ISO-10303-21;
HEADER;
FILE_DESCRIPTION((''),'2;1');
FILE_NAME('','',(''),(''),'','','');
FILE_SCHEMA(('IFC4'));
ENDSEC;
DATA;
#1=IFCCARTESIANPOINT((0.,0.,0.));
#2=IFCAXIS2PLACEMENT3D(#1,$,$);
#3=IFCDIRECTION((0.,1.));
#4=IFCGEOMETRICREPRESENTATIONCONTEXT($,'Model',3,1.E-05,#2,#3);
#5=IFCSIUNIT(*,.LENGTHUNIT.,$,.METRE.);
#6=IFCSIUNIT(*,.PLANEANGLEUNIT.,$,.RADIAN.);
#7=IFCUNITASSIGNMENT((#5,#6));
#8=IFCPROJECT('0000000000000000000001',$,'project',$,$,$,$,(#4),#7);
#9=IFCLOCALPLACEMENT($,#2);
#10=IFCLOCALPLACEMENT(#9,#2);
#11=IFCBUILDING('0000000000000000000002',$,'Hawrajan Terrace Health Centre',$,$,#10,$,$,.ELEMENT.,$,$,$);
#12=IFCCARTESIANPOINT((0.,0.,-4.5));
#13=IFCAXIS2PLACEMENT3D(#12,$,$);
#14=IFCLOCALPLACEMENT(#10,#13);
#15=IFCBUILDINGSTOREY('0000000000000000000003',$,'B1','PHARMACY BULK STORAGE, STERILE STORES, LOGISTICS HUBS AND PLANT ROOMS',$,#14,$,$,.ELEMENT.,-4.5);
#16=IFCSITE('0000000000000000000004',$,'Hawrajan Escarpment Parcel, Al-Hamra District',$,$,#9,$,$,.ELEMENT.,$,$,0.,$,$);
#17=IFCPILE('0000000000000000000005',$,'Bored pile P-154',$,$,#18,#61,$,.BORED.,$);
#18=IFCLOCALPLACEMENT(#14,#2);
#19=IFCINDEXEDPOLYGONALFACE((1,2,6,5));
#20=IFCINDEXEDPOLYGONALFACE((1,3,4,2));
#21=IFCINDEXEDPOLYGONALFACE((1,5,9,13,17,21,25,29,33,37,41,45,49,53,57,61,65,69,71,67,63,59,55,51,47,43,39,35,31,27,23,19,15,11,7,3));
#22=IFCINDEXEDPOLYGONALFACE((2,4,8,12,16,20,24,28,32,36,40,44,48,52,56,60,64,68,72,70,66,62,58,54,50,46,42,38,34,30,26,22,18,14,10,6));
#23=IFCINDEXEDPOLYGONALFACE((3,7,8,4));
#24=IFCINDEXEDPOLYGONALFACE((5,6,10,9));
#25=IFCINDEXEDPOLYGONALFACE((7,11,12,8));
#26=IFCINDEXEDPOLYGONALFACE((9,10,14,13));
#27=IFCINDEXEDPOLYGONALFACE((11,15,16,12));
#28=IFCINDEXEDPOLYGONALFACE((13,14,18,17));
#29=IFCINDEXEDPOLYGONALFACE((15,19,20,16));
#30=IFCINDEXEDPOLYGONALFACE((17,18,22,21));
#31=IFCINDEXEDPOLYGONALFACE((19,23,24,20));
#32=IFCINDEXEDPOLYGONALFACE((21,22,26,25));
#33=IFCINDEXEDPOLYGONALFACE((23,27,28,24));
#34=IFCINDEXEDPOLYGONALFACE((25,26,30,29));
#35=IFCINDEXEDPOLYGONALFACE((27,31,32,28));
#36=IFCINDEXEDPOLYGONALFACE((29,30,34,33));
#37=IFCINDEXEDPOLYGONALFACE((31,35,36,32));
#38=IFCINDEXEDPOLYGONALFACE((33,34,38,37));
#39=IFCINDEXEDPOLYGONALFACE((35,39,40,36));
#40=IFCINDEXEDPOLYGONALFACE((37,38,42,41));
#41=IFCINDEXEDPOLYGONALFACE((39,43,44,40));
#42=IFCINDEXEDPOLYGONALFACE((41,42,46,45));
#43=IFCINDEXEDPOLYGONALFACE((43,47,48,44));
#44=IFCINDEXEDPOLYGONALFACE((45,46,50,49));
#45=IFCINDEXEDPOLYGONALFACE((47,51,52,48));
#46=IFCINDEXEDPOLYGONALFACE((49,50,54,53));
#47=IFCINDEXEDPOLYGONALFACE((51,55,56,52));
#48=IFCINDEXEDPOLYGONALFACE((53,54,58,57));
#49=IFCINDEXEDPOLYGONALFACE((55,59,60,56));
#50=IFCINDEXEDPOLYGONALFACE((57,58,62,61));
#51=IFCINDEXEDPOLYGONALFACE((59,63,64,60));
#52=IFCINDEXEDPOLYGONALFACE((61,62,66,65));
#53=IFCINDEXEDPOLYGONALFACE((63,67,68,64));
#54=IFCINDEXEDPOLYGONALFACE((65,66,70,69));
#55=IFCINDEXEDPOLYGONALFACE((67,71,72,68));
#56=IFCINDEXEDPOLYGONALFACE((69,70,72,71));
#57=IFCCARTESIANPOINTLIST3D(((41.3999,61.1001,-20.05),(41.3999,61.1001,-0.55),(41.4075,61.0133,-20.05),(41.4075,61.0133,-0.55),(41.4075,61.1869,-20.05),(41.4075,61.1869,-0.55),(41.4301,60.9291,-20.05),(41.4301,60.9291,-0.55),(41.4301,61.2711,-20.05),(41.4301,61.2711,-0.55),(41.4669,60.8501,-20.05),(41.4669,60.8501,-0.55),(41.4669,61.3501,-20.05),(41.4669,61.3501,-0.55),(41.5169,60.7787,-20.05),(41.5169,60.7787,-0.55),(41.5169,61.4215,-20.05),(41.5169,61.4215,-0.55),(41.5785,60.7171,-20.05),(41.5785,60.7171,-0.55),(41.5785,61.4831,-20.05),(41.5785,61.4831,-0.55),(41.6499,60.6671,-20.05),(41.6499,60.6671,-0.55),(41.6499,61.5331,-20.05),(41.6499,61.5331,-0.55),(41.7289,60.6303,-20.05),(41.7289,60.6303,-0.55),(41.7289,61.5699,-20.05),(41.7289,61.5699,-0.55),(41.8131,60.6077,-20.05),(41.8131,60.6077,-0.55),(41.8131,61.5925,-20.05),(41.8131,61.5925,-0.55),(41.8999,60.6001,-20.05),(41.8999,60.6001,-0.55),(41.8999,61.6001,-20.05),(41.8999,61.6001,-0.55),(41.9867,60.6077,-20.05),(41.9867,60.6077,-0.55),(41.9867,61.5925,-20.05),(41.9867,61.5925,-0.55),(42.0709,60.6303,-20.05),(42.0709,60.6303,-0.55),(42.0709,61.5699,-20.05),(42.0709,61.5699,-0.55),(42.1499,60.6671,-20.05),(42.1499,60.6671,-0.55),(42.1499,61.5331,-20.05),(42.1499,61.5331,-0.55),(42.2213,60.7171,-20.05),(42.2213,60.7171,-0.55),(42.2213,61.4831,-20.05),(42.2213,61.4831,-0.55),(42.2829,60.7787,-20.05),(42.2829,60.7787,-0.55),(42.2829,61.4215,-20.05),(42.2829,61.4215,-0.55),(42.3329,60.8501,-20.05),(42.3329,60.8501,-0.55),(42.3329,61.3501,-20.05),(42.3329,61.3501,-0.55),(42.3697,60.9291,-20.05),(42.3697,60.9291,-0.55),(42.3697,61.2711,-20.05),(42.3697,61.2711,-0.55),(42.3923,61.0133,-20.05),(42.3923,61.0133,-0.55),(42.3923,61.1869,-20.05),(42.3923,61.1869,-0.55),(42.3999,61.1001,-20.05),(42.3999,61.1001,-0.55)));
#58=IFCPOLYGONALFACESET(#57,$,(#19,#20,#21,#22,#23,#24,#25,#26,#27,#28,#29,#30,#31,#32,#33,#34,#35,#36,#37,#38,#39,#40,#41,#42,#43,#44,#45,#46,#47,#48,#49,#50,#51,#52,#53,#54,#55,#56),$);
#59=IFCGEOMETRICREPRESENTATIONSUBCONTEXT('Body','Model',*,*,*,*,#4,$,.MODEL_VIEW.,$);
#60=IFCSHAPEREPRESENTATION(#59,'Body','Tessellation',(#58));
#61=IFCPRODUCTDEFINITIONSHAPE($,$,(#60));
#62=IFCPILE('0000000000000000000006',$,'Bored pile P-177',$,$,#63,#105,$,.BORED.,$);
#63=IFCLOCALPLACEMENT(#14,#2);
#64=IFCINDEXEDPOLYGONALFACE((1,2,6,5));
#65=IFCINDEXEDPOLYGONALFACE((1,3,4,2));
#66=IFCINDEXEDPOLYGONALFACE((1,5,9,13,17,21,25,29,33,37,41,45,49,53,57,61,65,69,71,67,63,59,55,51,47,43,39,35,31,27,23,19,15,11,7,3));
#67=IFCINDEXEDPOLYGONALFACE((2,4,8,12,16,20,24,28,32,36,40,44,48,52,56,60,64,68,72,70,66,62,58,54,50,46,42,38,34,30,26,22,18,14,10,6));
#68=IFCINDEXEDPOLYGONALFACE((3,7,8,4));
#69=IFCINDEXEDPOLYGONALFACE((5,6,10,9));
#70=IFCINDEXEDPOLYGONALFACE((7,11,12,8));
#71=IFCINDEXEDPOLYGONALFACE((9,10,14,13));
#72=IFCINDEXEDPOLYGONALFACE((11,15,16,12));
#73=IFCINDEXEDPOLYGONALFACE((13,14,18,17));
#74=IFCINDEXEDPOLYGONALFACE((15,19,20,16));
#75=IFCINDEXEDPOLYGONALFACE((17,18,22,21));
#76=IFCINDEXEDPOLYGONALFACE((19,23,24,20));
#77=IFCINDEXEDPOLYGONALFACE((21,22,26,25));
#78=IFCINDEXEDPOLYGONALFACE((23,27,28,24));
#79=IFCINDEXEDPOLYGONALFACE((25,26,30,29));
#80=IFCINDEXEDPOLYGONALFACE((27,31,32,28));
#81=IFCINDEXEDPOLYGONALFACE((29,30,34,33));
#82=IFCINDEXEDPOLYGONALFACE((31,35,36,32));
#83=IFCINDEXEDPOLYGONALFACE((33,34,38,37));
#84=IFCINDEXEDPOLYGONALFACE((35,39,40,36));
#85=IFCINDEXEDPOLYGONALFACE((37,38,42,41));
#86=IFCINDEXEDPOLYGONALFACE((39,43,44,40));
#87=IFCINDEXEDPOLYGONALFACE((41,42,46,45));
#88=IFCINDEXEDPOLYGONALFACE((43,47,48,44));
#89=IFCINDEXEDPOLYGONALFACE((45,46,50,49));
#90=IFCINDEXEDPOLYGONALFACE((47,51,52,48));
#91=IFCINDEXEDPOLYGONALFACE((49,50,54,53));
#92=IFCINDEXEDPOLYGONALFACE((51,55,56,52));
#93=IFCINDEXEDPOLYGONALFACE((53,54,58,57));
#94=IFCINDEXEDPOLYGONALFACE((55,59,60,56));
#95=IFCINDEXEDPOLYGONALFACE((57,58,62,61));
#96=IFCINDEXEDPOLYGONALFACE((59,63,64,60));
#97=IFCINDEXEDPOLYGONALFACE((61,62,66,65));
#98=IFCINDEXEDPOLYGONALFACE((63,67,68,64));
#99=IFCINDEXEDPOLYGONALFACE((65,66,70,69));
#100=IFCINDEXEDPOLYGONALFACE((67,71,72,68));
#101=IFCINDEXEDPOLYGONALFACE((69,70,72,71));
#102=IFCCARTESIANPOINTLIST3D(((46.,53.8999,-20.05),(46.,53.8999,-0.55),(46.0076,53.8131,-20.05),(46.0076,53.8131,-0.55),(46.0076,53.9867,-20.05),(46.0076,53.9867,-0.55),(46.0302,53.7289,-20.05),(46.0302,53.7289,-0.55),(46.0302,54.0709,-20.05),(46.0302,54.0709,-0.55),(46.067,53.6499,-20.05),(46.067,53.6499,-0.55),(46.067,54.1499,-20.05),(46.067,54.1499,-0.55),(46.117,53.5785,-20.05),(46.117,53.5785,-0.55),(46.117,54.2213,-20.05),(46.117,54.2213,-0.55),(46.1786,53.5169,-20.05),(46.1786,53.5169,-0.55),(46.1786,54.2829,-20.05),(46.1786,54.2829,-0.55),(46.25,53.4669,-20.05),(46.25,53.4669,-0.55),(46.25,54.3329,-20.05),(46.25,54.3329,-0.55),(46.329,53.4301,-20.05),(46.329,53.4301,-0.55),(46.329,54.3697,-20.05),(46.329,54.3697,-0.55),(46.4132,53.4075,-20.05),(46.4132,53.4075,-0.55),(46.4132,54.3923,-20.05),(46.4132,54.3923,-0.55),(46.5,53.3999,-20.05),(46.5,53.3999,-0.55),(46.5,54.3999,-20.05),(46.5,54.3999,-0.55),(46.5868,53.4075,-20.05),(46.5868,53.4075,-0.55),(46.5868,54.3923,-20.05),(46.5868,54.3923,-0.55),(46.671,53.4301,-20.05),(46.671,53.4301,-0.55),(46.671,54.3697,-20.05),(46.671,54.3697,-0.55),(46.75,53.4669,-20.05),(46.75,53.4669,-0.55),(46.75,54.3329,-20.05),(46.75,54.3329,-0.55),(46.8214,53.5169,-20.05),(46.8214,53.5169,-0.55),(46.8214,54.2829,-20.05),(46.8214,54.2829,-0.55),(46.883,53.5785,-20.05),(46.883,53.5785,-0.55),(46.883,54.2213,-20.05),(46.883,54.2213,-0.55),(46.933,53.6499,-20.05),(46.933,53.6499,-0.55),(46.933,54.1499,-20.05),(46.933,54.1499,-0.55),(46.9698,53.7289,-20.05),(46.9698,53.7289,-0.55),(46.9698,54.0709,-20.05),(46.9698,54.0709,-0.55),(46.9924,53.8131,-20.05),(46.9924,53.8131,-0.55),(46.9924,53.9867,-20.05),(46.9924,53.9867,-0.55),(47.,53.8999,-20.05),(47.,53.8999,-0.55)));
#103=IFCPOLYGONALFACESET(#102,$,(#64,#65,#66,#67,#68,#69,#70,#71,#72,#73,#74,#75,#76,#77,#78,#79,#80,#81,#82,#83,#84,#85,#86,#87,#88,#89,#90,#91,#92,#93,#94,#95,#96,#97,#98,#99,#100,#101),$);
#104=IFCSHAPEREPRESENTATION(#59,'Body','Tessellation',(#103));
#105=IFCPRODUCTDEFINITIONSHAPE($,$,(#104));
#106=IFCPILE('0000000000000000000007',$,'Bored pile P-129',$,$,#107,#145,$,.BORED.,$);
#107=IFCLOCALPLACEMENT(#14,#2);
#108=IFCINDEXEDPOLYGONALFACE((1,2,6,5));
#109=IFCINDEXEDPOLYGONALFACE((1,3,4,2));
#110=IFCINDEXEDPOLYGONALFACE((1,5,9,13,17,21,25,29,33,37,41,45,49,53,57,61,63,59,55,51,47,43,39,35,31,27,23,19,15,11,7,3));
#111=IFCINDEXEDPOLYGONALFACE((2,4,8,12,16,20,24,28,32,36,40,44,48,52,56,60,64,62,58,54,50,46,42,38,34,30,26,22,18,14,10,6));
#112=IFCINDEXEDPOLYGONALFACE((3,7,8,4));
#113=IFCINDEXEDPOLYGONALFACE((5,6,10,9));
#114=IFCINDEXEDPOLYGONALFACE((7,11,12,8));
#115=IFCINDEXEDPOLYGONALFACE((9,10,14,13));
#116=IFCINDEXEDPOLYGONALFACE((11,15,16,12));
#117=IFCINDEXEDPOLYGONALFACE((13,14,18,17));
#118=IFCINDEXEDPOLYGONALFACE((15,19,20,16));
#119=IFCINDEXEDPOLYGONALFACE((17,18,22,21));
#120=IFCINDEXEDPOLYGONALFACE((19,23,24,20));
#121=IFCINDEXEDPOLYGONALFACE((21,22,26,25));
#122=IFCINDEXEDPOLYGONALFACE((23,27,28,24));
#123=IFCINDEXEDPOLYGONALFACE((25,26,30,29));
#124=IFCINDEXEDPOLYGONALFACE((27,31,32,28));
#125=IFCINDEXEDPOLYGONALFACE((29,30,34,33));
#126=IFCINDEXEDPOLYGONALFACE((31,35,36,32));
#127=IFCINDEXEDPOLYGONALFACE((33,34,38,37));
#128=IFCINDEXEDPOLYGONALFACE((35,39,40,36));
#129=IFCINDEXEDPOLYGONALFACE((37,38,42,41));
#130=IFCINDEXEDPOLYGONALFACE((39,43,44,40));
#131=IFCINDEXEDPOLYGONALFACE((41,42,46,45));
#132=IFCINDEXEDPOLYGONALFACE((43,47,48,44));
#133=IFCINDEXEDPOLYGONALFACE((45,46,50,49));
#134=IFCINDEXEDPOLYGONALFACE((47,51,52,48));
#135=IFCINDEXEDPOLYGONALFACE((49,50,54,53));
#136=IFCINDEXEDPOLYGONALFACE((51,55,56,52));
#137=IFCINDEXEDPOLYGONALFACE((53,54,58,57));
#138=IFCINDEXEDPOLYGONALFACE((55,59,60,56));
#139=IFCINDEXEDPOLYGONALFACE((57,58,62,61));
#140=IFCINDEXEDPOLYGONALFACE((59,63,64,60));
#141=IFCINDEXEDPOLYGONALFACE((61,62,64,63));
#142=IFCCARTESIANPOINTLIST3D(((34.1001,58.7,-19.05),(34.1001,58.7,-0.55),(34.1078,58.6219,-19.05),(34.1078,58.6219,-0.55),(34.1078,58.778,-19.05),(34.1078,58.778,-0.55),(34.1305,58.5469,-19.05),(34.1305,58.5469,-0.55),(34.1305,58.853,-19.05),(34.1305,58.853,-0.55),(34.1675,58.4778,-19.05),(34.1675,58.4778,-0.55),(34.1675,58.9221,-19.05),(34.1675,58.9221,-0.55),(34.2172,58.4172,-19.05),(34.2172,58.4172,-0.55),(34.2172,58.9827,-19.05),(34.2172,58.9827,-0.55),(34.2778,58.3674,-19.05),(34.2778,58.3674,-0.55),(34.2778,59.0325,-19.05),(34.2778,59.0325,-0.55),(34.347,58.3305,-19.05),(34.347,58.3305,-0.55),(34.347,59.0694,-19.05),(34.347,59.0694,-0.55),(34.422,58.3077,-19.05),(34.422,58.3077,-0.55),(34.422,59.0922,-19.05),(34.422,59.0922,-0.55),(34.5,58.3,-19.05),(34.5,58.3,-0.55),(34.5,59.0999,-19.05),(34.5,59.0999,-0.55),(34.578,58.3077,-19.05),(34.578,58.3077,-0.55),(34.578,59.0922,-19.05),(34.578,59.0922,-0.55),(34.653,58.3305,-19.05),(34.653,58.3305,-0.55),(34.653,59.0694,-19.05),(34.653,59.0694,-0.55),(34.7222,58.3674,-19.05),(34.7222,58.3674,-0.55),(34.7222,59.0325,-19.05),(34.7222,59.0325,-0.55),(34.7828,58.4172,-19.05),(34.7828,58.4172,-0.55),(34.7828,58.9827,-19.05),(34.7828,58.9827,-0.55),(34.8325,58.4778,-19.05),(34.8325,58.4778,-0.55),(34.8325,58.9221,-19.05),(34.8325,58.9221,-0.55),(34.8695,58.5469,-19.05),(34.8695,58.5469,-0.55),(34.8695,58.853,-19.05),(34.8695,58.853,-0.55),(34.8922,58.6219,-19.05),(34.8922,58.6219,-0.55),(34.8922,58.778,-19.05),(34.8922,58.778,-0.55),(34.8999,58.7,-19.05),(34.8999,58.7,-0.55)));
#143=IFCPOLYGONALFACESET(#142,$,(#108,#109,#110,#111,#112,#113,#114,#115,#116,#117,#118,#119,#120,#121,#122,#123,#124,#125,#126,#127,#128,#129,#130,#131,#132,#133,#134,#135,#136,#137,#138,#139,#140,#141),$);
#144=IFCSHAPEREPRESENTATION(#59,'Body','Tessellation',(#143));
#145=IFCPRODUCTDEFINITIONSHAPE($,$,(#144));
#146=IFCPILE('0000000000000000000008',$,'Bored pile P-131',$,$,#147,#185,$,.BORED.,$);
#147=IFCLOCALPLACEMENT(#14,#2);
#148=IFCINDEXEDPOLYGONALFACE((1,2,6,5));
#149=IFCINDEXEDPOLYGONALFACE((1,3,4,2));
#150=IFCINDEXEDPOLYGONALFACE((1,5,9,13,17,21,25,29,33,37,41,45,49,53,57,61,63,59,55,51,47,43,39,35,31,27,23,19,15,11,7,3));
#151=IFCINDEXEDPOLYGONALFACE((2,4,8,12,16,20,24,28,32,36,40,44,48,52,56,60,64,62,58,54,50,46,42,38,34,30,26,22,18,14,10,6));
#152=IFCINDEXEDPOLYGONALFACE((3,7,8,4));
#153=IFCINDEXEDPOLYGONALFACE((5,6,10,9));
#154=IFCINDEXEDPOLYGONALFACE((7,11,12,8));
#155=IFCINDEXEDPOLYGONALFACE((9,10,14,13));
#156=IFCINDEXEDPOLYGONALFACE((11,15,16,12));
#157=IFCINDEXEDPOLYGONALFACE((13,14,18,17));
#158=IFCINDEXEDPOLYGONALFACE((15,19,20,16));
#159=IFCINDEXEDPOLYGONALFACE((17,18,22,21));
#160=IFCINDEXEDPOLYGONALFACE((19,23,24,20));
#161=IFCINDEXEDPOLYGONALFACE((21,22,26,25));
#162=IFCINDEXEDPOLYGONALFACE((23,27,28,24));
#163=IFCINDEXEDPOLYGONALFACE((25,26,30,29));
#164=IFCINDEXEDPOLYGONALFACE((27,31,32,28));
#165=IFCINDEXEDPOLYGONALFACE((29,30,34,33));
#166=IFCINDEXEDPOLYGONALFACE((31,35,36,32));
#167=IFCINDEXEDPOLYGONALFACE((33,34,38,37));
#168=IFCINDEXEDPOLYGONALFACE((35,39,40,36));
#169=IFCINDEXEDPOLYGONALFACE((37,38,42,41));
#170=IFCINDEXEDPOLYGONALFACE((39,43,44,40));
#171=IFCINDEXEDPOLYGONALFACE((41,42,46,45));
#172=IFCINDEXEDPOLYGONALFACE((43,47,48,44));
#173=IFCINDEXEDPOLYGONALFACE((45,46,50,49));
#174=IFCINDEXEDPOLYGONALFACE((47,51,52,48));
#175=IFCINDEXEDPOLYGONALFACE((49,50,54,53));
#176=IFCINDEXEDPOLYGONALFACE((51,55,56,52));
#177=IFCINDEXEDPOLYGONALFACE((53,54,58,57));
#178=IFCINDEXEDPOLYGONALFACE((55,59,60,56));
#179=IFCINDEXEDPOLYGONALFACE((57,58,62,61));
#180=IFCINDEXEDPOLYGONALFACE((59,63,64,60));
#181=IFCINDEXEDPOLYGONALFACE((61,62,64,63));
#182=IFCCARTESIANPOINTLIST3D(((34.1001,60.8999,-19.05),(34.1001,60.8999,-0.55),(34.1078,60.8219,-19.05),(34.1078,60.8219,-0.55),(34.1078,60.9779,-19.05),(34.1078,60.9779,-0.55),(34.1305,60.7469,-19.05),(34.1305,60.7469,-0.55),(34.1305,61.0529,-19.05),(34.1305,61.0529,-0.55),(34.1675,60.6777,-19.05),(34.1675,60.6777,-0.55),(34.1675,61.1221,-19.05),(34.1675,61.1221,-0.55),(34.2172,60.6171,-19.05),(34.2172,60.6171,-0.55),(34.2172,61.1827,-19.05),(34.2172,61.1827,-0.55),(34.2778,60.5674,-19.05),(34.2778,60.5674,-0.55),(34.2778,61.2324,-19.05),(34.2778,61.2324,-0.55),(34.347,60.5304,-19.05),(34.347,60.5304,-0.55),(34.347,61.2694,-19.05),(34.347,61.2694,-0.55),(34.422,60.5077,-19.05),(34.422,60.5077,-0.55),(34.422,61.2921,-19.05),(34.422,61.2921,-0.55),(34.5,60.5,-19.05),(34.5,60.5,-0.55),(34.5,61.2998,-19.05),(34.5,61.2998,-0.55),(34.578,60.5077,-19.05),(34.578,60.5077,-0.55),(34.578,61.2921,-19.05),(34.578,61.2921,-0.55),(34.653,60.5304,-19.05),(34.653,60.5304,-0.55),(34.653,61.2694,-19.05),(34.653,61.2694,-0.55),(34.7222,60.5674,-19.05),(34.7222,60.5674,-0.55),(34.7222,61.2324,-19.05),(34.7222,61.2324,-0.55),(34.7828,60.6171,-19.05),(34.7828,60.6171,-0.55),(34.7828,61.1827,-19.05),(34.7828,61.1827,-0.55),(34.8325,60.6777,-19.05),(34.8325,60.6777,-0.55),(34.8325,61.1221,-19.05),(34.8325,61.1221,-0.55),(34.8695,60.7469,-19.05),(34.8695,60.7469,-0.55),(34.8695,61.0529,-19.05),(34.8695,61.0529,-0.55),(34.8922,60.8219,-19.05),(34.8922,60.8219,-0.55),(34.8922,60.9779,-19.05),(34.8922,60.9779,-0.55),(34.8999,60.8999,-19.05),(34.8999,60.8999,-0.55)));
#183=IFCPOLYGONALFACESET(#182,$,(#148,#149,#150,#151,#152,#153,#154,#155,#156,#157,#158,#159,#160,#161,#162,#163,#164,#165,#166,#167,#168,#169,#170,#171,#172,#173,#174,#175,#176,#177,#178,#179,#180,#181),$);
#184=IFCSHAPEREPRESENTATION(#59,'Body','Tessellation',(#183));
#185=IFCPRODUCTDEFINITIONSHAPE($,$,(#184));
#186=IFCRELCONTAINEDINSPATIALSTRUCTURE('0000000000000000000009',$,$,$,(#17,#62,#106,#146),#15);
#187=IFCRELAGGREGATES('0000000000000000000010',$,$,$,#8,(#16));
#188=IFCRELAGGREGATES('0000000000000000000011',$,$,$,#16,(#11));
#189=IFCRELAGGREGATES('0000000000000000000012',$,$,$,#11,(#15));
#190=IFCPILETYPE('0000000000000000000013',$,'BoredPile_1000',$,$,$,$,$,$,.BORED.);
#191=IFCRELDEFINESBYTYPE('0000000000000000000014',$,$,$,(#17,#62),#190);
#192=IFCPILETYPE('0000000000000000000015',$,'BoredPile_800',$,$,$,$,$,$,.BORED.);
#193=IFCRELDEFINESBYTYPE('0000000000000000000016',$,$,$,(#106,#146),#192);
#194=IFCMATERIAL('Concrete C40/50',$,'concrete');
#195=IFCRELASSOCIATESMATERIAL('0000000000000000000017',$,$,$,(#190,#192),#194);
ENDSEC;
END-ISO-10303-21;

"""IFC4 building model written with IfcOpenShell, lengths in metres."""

from ifc_helpers import new_model, si_unit, direction, frame, origin, origin_2d, place, context, subcontext, project, spatial, circle, extrude, material, material_profile, profile_set, type_object, element, save


model = new_model("IFC4")

# Units and contexts
model_context = context("Model", 3, precision=1e-05, world=origin(), true_north=direction((0.0, 1.0)))
body_context = subcontext(model_context, "Body", "Model", "MODEL_VIEW")
ifc_project = project(units=[si_unit("LENGTHUNIT", "METRE"), si_unit("PLANEANGLEUNIT", "RADIAN")], contexts=[model_context])

# Site, building, storey
site_placement = place(None, origin())
site = spatial("IfcSite", under=ifc_project, at=site_placement, Name="Hawrajan Escarpment Parcel, Al-Hamra District", CompositionType="ELEMENT", RefElevation=0.0)
building_placement = place(site_placement, origin())
building = spatial("IfcBuilding", under=site, at=building_placement, Name="Hawrajan Terrace Health Centre", CompositionType="ELEMENT")
storey_placement = place(building_placement, frame((0.0, 0.0, -4.5)))
storey = spatial("IfcBuildingStorey", under=building, at=storey_placement, Name="B1", Description="PHARMACY BULK STORAGE, STERILE STORES, LOGISTICS HUBS AND PLANT ROOMS", CompositionType="ELEMENT", Elevation=-4.5)

# Piles
ifc_material_1 = material(Name="Concrete C40/50", Category="concrete")
ifc_material_profile_1 = material_profile(ifc_material_1, circle(Radius=0.5, at=origin_2d()), Name="BP 1000")
ifc_profile_set_1 = profile_set([ifc_material_profile_1], Name="Concrete C40/50")
pile_type_1 = type_object("IfcPileType", Name="BoredPile_1000", PredefinedType="BORED", material=ifc_profile_set_1)
for number, where, z_axis, x_axis, name in (
    (1, (41.8999, 61.1001, -0.55), (0.0, 0.0, -1.0), (1.0, 0.0, 0.0), "Bored pile P-154"),
    (2, (46.5, 53.8999, -0.55), (0.0, 0.0, -1.0), (1.0, 0.0, 0.0), "Bored pile P-177"),
):
    element("IfcPile", number, at=place(storey_placement, frame(where, z_axis=z_axis, x_axis=x_axis)), inside=storey, type_object=pile_type_1, Name=name, PredefinedType="BORED", context=body_context, shape_type="SweptSolid", body=[
        extrude(circle(Radius=0.5, at=origin_2d()), origin(), (0.0, 0.0, 1.0), 19.5),
    ])
ifc_material_profile_2 = material_profile(ifc_material_1, circle(Radius=0.3999, at=origin_2d()), Name="BP 800")
ifc_profile_set_2 = profile_set([ifc_material_profile_2], Name="Concrete C40/50")
pile_type_2 = type_object("IfcPileType", Name="BoredPile_800", PredefinedType="BORED", material=ifc_profile_set_2)
for number, where, z_axis, x_axis, name in (
    (3, (34.5, 58.7, -0.55), (0.0, 0.0, -1.0), (1.0, 0.0, 0.0), "Bored pile P-129"),
    (4, (34.5, 60.8999, -0.55), (0.0, 0.0, -1.0), (1.0, 0.0, 0.0), "Bored pile P-131"),
):
    element("IfcPile", number, at=place(storey_placement, frame(where, z_axis=z_axis, x_axis=x_axis)), inside=storey, type_object=pile_type_2, Name=name, PredefinedType="BORED", context=body_context, shape_type="SweptSolid", body=[
        extrude(circle(Radius=0.3999, at=origin_2d()), origin(), (0.0, 0.0, 1.0), 18.5),
    ])

save(model, "model.ifc")
